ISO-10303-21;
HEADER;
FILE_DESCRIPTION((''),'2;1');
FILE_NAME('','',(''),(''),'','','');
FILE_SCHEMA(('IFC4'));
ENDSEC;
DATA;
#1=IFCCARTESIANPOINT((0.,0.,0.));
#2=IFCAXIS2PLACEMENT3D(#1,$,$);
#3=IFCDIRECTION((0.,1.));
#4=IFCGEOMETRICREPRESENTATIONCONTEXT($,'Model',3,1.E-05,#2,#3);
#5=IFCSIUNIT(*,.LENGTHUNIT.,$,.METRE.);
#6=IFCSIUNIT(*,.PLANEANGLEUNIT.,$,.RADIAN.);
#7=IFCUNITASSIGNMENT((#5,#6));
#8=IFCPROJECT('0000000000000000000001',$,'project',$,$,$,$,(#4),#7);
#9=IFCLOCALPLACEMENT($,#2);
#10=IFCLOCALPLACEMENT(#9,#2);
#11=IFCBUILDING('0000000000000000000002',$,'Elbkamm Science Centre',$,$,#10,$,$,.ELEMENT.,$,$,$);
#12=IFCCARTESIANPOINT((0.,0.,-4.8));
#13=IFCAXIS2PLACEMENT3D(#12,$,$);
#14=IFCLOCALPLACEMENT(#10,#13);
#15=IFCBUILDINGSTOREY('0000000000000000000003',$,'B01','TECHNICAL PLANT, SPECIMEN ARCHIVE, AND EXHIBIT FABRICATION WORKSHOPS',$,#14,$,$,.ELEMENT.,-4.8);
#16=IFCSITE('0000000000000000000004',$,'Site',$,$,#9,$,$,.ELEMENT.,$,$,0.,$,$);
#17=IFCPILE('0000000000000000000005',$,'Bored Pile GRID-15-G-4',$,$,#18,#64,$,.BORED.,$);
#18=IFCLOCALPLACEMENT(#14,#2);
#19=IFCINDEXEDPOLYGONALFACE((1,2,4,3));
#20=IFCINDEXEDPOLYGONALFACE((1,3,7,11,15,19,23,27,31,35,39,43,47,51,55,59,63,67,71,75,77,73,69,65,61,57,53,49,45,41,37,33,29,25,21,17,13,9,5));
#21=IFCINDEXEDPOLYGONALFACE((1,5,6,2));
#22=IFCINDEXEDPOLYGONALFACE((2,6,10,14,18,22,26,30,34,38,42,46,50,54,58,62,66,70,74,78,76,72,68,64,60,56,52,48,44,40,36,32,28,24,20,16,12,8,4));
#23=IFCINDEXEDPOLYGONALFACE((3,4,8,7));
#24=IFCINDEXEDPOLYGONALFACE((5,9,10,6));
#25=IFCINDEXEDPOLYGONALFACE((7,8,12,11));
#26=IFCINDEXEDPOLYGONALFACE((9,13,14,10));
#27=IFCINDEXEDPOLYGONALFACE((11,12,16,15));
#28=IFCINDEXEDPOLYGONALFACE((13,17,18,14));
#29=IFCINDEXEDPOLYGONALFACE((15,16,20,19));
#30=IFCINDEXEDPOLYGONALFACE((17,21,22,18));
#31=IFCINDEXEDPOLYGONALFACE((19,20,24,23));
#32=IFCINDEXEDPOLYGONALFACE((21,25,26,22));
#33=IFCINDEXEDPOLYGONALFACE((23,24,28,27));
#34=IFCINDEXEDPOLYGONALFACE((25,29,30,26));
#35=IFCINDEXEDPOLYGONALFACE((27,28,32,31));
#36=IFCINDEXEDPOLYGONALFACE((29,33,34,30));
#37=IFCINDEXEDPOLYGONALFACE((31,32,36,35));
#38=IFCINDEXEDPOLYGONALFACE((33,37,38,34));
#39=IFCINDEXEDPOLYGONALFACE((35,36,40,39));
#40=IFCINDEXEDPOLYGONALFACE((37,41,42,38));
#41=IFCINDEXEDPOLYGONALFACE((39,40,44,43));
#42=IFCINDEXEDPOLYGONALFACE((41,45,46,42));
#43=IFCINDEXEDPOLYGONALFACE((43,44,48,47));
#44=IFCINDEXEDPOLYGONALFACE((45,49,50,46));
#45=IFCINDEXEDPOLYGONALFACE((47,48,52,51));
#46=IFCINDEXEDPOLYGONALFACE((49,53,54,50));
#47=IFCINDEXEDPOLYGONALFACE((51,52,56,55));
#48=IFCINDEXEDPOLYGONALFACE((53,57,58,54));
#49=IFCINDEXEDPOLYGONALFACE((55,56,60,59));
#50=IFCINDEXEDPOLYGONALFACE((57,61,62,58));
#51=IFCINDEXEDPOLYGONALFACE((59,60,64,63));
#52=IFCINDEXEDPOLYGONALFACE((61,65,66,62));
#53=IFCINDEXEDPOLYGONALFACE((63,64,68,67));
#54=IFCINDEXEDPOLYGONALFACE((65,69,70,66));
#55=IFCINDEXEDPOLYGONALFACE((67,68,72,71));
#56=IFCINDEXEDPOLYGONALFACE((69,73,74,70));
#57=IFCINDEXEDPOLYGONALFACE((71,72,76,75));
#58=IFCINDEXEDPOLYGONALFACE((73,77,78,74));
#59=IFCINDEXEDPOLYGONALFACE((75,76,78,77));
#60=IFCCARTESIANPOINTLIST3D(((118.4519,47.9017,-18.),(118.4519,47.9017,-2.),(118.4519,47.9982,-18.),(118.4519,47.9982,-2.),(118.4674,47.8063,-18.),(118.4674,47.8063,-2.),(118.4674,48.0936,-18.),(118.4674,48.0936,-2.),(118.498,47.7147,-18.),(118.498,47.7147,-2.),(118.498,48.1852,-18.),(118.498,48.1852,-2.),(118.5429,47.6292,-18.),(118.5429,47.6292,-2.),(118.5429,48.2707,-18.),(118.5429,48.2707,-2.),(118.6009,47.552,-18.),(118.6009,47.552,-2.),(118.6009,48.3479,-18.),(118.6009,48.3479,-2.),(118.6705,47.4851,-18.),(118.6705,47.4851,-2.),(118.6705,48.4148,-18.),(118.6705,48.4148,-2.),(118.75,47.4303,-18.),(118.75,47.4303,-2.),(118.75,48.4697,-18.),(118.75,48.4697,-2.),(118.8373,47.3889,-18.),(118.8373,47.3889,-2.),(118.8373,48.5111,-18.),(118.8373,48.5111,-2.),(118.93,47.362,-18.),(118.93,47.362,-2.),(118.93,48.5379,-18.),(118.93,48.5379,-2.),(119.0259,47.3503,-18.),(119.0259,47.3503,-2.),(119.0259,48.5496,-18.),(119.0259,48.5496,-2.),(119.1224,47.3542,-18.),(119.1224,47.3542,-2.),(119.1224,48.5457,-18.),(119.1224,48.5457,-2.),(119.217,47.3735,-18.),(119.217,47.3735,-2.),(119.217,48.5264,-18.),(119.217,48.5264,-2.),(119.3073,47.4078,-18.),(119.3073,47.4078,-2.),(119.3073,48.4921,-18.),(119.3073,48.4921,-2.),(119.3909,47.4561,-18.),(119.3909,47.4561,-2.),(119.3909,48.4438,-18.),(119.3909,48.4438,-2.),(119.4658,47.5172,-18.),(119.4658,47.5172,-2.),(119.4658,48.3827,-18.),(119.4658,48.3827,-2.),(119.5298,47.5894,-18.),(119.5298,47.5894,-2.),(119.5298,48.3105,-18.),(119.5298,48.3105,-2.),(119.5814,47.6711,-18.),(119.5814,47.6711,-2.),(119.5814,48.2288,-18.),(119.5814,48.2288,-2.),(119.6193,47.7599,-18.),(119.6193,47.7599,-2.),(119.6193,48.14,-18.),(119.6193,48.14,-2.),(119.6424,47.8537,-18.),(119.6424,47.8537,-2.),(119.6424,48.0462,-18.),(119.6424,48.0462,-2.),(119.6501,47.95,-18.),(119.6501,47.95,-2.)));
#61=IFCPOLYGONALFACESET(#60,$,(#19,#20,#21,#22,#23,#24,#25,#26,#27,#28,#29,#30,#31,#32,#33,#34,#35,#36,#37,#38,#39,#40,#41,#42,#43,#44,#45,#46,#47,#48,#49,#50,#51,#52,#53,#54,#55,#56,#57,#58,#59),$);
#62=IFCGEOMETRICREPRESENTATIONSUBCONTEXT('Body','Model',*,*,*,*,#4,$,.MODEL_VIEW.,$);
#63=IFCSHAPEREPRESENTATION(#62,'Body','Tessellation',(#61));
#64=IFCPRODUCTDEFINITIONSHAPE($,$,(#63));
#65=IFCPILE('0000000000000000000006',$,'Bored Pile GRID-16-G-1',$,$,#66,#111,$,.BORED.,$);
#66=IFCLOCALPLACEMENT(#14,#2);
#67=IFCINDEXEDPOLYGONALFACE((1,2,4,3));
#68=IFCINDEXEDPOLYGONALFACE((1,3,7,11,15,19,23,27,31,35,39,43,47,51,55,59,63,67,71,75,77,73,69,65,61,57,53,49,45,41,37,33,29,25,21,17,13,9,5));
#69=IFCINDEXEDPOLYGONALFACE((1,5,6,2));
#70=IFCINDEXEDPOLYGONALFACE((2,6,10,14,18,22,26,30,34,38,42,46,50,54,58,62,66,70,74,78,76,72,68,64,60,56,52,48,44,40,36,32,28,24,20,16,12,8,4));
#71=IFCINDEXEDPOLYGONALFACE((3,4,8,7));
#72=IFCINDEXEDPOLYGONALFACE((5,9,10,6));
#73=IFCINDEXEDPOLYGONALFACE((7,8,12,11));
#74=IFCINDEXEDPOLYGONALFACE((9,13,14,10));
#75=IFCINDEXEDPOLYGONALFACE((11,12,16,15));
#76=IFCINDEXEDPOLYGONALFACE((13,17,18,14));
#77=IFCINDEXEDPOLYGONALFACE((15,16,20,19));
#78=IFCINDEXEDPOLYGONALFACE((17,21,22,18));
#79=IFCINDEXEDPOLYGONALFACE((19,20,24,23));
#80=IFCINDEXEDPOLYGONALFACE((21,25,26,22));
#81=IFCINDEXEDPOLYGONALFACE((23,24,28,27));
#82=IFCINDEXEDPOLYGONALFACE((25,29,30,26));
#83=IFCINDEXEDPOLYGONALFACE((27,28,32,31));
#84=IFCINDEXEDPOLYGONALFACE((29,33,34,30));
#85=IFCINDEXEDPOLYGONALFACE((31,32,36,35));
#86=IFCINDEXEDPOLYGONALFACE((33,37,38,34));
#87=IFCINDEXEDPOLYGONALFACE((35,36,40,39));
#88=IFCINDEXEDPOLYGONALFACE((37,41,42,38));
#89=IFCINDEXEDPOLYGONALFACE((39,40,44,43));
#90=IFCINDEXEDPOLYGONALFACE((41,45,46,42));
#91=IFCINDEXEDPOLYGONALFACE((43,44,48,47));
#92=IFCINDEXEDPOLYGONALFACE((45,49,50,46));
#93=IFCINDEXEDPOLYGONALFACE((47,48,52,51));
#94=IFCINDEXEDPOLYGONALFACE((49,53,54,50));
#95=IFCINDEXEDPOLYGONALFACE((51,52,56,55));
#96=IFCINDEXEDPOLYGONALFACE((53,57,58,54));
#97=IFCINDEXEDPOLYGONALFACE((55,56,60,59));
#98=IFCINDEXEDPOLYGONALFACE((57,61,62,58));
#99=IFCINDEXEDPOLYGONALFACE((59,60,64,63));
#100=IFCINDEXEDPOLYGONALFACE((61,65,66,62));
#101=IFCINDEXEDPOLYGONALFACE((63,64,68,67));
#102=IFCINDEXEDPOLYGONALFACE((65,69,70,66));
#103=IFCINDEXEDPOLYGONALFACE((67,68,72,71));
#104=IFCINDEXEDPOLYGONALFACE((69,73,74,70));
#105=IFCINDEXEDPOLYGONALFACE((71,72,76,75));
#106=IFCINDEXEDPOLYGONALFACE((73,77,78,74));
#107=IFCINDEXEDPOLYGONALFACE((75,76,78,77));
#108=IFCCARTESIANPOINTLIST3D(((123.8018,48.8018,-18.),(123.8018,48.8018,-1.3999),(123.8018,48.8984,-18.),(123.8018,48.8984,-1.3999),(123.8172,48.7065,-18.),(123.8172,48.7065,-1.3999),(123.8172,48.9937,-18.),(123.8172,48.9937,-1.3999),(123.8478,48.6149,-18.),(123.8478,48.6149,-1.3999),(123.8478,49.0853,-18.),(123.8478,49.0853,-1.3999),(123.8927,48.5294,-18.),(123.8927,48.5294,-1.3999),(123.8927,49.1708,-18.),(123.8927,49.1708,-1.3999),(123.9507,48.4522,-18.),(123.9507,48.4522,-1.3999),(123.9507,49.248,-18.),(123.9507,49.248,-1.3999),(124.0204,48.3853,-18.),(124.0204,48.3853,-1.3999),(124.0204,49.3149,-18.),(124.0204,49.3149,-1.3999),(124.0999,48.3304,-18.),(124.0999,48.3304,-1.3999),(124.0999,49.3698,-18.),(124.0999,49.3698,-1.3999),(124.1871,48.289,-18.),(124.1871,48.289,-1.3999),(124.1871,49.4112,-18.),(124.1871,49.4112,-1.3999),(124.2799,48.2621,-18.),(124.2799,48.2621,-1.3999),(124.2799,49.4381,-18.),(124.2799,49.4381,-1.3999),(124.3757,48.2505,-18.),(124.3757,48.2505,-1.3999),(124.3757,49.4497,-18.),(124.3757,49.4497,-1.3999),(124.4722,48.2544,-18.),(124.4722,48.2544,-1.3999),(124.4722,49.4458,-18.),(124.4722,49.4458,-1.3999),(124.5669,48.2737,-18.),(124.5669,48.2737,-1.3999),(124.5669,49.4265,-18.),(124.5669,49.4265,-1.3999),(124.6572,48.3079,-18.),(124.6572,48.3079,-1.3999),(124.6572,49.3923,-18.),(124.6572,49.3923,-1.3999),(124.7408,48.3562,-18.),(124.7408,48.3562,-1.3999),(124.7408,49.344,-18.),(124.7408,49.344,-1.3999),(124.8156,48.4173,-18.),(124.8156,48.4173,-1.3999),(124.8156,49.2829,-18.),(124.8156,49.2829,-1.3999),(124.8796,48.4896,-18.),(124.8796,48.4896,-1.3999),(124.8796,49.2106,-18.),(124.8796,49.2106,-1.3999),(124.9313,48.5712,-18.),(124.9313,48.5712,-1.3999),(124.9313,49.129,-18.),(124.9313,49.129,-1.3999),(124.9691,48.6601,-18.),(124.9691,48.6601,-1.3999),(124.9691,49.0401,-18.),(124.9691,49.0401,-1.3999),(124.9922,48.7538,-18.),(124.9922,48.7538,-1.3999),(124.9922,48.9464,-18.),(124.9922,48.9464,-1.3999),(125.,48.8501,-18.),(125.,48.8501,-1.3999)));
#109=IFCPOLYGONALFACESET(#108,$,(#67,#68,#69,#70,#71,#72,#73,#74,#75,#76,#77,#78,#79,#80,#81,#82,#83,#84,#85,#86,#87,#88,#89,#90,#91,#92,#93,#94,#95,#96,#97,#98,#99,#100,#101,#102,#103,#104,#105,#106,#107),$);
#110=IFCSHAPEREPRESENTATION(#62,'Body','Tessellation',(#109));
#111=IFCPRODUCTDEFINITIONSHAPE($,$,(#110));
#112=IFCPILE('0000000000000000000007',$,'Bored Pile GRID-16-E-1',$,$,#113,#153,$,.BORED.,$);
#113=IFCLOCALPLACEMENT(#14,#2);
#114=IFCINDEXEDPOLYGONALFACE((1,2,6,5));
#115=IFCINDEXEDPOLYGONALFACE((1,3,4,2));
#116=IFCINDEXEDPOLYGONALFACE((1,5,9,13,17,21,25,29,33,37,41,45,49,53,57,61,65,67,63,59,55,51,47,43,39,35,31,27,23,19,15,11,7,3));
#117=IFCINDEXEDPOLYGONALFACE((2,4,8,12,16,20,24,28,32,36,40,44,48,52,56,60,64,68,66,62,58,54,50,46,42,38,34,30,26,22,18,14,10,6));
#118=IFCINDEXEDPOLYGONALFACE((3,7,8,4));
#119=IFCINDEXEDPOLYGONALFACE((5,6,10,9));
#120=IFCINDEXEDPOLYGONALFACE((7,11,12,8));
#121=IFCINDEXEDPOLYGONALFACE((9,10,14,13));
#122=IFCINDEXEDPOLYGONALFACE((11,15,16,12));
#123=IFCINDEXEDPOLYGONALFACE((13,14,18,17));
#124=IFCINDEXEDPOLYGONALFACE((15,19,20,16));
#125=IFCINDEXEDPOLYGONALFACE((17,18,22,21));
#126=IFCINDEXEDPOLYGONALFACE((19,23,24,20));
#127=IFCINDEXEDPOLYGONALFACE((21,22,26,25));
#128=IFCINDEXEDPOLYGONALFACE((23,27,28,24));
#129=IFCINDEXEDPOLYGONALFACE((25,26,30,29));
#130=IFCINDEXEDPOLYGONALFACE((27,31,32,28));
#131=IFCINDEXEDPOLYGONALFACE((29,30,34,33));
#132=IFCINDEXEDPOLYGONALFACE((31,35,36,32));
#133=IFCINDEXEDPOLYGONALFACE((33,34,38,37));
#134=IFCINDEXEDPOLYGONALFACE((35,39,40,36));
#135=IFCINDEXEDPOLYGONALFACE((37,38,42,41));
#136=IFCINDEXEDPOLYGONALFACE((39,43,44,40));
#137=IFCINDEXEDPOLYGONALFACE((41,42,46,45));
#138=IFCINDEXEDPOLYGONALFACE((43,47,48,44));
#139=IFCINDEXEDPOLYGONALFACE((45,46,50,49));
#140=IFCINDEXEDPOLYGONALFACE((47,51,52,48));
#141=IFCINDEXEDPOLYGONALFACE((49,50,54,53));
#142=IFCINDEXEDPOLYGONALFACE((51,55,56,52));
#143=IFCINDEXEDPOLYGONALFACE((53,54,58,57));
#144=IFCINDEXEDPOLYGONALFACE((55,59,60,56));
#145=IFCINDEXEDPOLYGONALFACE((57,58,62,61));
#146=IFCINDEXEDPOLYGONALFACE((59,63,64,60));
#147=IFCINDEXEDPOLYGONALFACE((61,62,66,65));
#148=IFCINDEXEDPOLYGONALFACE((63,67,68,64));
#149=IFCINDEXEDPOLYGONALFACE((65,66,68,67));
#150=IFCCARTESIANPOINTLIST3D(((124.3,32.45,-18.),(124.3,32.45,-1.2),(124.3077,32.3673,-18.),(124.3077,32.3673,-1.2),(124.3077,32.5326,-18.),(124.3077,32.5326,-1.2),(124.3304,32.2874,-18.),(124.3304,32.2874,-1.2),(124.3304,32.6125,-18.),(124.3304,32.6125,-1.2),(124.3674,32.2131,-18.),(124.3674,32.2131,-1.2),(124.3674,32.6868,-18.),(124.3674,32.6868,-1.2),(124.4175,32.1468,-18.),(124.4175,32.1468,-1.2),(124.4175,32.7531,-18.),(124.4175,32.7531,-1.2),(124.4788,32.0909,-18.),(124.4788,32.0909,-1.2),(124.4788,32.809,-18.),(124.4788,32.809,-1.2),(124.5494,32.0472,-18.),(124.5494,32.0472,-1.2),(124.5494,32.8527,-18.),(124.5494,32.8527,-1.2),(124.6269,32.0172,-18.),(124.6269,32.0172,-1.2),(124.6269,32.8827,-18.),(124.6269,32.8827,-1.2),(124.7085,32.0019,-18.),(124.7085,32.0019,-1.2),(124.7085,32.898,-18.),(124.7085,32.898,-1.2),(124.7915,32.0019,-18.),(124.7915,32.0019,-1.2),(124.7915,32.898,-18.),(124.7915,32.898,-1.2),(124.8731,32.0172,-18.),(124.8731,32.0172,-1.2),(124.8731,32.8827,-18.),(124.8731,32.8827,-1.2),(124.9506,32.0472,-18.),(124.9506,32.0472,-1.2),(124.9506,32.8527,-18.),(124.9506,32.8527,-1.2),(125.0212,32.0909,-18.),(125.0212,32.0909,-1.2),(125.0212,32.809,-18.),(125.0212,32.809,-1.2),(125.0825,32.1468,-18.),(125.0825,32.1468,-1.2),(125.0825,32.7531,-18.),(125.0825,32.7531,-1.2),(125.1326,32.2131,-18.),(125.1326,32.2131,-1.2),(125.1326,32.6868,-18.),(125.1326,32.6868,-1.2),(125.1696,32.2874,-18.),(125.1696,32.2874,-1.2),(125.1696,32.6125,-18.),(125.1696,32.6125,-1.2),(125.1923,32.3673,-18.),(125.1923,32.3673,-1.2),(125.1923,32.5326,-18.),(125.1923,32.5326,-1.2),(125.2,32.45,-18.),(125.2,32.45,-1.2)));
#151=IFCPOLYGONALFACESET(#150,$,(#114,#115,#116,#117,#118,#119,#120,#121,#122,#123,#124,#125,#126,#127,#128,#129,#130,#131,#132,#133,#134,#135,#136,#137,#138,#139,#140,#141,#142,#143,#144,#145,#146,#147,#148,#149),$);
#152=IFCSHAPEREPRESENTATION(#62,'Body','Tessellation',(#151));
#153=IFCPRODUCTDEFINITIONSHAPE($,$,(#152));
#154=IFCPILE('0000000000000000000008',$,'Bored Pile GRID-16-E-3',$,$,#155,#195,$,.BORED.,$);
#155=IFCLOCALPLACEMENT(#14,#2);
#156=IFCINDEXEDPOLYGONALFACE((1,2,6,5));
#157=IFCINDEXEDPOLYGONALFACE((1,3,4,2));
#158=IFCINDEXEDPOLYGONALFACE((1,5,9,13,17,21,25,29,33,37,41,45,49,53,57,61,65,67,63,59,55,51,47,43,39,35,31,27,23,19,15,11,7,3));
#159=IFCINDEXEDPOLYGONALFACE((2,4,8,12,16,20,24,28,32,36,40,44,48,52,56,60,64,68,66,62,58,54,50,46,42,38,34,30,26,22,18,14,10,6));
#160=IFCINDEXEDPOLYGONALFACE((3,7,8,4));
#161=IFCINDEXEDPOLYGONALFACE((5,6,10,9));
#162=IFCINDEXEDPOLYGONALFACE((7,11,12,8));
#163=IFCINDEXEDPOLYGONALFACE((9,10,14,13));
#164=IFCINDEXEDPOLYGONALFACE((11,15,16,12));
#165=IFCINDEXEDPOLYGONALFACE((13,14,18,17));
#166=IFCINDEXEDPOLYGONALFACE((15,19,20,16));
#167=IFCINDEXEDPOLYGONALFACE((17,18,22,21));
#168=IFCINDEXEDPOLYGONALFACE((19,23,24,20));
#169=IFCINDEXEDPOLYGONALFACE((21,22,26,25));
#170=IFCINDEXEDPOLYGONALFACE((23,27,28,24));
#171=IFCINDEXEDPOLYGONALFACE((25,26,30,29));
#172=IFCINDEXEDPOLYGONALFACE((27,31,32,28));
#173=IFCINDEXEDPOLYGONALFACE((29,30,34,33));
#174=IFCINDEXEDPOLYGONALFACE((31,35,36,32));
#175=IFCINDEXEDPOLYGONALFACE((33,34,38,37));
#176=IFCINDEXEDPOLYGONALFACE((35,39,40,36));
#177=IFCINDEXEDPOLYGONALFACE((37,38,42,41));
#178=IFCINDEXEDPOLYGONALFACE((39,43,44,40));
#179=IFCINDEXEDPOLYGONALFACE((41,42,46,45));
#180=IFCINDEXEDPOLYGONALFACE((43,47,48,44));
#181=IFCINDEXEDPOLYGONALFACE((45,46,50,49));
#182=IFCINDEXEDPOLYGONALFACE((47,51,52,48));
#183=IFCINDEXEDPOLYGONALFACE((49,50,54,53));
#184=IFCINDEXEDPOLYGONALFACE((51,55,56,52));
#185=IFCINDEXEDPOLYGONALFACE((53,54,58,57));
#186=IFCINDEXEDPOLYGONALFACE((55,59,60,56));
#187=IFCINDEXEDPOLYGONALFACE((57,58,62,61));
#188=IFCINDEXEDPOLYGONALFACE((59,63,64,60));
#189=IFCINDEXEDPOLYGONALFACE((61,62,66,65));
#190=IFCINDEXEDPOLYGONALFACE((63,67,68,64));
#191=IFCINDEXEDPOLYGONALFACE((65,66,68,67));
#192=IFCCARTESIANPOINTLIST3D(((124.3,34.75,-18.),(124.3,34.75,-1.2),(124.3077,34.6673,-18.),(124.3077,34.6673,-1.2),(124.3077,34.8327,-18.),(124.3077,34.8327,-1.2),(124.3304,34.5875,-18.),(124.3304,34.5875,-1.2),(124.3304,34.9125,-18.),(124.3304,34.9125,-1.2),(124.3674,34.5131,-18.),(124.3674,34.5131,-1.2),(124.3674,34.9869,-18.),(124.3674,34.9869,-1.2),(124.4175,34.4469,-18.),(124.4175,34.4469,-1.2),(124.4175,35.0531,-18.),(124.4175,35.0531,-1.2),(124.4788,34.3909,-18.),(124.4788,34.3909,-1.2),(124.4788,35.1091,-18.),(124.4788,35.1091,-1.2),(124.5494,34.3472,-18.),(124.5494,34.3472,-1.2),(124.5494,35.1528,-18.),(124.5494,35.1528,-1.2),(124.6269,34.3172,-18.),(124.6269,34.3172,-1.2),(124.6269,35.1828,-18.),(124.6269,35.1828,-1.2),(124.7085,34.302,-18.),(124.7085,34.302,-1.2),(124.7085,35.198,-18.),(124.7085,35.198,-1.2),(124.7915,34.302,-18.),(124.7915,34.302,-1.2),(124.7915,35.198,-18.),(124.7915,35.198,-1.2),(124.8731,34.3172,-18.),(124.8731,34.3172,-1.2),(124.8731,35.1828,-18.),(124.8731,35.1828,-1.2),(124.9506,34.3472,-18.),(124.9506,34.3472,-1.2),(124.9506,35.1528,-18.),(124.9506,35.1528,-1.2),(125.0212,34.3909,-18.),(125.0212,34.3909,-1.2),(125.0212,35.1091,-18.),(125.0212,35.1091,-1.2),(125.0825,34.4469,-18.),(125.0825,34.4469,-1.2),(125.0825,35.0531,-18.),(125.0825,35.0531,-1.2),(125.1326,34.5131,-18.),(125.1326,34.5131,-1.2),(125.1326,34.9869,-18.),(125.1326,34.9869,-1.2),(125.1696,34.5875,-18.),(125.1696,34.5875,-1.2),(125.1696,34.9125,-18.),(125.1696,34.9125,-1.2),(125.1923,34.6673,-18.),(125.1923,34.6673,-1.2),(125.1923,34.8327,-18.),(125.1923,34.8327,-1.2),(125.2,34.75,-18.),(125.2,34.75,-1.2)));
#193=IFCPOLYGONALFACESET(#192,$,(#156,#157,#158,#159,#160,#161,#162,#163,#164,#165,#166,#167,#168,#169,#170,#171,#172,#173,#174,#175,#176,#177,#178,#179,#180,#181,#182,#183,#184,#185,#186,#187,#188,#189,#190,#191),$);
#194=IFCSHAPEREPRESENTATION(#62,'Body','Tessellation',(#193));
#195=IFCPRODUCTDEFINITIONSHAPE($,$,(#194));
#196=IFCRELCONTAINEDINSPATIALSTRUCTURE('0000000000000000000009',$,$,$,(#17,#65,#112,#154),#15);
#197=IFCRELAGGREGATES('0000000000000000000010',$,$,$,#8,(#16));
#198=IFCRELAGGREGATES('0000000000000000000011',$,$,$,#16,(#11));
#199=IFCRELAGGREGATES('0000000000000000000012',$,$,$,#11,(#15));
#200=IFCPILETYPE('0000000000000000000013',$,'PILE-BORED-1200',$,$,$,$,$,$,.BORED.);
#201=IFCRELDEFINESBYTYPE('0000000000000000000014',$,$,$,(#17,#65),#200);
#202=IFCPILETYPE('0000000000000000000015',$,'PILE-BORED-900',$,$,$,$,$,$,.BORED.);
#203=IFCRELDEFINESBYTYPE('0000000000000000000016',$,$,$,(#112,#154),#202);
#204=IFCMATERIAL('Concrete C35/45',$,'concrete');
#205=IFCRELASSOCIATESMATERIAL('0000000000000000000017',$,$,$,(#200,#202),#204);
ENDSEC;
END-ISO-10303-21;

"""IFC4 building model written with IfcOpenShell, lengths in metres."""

from ifc_helpers import new_model, si_unit, direction, frame, origin, origin_2d, place, context, subcontext, project, spatial, circle, extrude, material, material_profile, profile_set, type_object, element, save


model = new_model("IFC4")

# Units and contexts
model_context = context("Model", 3, precision=1e-05, world=origin(), true_north=direction((0.0, 1.0)))
body_context = subcontext(model_context, "Body", "Model", "MODEL_VIEW")
ifc_project = project(units=[si_unit("LENGTHUNIT", "METRE"), si_unit("PLANEANGLEUNIT", "RADIAN")], contexts=[model_context])

# Site, building, storey
site_placement = place(None, origin())
site = spatial("IfcSite", under=ifc_project, at=site_placement, Name="Site", CompositionType="ELEMENT", RefElevation=0.0)
building_placement = place(site_placement, origin())
building = spatial("IfcBuilding", under=site, at=building_placement, Name="Elbkamm Science Centre", CompositionType="ELEMENT")
storey_placement = place(building_placement, frame((0.0, 0.0, -4.8)))
storey = spatial("IfcBuildingStorey", under=building, at=storey_placement, Name="B01", Description="TECHNICAL PLANT, SPECIMEN ARCHIVE, AND EXHIBIT FABRICATION WORKSHOPS", CompositionType="ELEMENT", Elevation=-4.8)

# Shared definitions
ifc_material_1 = material(Name="Concrete C35/45", Category="concrete")

# Piles
ifc_material_profile_1 = material_profile(ifc_material_1, circle(Radius=0.6001, at=origin_2d()), Name="PILE D1200")
ifc_profile_set_1 = profile_set([ifc_material_profile_1], Name="Concrete C35/45")
pile_type_1 = type_object("IfcPileType", Name="PILE-BORED-1200", PredefinedType="BORED", material=ifc_profile_set_1)
for number, where, z_axis, x_axis, name in (
    (1, (119.05, 47.95, -2.0), (0.0, 0.0, -1.0), (1.0, 0.0, 0.0), "Bored Pile GRID-15-G-4"),
):
    element("IfcPile", number, at=place(storey_placement, frame(where, z_axis=z_axis, x_axis=x_axis)), inside=storey, type_object=pile_type_1, Name=name, PredefinedType="BORED", context=body_context, shape_type="SweptSolid", body=[
        extrude(circle(Radius=0.6001, at=origin_2d()), origin(), (0.0, 0.0, 1.0), 16.0),
    ])
pile_placement = place(storey_placement, frame((124.3999, 48.8501, -1.3999), z_axis=(0.0, 0.0, -1.0), x_axis=(1.0, 0.0, 0.0)))
element("IfcPile", 2, at=pile_placement, inside=storey, type_object=pile_type_1, Name="Bored Pile GRID-16-G-1", PredefinedType="BORED", context=body_context, shape_type="SweptSolid", body=[
    extrude(circle(Radius=0.6001, at=origin_2d()), origin(), (0.0, 0.0, 1.0), 16.6001),
])
ifc_material_profile_2 = material_profile(ifc_material_1, circle(Radius=0.45, at=origin_2d()), Name="PILE D900")
ifc_profile_set_2 = profile_set([ifc_material_profile_2], Name="Concrete C35/45")
pile_type_2 = type_object("IfcPileType", Name="PILE-BORED-900", PredefinedType="BORED", material=ifc_profile_set_2)
for number, where, z_axis, x_axis, name in (
    (3, (124.75, 32.45, -1.2), (0.0, 0.0, -1.0), (1.0, 0.0, 0.0), "Bored Pile GRID-16-E-1"),
    (4, (124.75, 34.75, -1.2), (0.0, 0.0, -1.0), (1.0, 0.0, 0.0), "Bored Pile GRID-16-E-3"),
):
    element("IfcPile", number, at=place(storey_placement, frame(where, z_axis=z_axis, x_axis=x_axis)), inside=storey, type_object=pile_type_2, Name=name, PredefinedType="BORED", context=body_context, shape_type="SweptSolid", body=[
        extrude(circle(Radius=0.45, at=origin_2d()), origin(), (0.0, 0.0, 1.0), 16.8),
    ])

save(model, "model.ifc")
